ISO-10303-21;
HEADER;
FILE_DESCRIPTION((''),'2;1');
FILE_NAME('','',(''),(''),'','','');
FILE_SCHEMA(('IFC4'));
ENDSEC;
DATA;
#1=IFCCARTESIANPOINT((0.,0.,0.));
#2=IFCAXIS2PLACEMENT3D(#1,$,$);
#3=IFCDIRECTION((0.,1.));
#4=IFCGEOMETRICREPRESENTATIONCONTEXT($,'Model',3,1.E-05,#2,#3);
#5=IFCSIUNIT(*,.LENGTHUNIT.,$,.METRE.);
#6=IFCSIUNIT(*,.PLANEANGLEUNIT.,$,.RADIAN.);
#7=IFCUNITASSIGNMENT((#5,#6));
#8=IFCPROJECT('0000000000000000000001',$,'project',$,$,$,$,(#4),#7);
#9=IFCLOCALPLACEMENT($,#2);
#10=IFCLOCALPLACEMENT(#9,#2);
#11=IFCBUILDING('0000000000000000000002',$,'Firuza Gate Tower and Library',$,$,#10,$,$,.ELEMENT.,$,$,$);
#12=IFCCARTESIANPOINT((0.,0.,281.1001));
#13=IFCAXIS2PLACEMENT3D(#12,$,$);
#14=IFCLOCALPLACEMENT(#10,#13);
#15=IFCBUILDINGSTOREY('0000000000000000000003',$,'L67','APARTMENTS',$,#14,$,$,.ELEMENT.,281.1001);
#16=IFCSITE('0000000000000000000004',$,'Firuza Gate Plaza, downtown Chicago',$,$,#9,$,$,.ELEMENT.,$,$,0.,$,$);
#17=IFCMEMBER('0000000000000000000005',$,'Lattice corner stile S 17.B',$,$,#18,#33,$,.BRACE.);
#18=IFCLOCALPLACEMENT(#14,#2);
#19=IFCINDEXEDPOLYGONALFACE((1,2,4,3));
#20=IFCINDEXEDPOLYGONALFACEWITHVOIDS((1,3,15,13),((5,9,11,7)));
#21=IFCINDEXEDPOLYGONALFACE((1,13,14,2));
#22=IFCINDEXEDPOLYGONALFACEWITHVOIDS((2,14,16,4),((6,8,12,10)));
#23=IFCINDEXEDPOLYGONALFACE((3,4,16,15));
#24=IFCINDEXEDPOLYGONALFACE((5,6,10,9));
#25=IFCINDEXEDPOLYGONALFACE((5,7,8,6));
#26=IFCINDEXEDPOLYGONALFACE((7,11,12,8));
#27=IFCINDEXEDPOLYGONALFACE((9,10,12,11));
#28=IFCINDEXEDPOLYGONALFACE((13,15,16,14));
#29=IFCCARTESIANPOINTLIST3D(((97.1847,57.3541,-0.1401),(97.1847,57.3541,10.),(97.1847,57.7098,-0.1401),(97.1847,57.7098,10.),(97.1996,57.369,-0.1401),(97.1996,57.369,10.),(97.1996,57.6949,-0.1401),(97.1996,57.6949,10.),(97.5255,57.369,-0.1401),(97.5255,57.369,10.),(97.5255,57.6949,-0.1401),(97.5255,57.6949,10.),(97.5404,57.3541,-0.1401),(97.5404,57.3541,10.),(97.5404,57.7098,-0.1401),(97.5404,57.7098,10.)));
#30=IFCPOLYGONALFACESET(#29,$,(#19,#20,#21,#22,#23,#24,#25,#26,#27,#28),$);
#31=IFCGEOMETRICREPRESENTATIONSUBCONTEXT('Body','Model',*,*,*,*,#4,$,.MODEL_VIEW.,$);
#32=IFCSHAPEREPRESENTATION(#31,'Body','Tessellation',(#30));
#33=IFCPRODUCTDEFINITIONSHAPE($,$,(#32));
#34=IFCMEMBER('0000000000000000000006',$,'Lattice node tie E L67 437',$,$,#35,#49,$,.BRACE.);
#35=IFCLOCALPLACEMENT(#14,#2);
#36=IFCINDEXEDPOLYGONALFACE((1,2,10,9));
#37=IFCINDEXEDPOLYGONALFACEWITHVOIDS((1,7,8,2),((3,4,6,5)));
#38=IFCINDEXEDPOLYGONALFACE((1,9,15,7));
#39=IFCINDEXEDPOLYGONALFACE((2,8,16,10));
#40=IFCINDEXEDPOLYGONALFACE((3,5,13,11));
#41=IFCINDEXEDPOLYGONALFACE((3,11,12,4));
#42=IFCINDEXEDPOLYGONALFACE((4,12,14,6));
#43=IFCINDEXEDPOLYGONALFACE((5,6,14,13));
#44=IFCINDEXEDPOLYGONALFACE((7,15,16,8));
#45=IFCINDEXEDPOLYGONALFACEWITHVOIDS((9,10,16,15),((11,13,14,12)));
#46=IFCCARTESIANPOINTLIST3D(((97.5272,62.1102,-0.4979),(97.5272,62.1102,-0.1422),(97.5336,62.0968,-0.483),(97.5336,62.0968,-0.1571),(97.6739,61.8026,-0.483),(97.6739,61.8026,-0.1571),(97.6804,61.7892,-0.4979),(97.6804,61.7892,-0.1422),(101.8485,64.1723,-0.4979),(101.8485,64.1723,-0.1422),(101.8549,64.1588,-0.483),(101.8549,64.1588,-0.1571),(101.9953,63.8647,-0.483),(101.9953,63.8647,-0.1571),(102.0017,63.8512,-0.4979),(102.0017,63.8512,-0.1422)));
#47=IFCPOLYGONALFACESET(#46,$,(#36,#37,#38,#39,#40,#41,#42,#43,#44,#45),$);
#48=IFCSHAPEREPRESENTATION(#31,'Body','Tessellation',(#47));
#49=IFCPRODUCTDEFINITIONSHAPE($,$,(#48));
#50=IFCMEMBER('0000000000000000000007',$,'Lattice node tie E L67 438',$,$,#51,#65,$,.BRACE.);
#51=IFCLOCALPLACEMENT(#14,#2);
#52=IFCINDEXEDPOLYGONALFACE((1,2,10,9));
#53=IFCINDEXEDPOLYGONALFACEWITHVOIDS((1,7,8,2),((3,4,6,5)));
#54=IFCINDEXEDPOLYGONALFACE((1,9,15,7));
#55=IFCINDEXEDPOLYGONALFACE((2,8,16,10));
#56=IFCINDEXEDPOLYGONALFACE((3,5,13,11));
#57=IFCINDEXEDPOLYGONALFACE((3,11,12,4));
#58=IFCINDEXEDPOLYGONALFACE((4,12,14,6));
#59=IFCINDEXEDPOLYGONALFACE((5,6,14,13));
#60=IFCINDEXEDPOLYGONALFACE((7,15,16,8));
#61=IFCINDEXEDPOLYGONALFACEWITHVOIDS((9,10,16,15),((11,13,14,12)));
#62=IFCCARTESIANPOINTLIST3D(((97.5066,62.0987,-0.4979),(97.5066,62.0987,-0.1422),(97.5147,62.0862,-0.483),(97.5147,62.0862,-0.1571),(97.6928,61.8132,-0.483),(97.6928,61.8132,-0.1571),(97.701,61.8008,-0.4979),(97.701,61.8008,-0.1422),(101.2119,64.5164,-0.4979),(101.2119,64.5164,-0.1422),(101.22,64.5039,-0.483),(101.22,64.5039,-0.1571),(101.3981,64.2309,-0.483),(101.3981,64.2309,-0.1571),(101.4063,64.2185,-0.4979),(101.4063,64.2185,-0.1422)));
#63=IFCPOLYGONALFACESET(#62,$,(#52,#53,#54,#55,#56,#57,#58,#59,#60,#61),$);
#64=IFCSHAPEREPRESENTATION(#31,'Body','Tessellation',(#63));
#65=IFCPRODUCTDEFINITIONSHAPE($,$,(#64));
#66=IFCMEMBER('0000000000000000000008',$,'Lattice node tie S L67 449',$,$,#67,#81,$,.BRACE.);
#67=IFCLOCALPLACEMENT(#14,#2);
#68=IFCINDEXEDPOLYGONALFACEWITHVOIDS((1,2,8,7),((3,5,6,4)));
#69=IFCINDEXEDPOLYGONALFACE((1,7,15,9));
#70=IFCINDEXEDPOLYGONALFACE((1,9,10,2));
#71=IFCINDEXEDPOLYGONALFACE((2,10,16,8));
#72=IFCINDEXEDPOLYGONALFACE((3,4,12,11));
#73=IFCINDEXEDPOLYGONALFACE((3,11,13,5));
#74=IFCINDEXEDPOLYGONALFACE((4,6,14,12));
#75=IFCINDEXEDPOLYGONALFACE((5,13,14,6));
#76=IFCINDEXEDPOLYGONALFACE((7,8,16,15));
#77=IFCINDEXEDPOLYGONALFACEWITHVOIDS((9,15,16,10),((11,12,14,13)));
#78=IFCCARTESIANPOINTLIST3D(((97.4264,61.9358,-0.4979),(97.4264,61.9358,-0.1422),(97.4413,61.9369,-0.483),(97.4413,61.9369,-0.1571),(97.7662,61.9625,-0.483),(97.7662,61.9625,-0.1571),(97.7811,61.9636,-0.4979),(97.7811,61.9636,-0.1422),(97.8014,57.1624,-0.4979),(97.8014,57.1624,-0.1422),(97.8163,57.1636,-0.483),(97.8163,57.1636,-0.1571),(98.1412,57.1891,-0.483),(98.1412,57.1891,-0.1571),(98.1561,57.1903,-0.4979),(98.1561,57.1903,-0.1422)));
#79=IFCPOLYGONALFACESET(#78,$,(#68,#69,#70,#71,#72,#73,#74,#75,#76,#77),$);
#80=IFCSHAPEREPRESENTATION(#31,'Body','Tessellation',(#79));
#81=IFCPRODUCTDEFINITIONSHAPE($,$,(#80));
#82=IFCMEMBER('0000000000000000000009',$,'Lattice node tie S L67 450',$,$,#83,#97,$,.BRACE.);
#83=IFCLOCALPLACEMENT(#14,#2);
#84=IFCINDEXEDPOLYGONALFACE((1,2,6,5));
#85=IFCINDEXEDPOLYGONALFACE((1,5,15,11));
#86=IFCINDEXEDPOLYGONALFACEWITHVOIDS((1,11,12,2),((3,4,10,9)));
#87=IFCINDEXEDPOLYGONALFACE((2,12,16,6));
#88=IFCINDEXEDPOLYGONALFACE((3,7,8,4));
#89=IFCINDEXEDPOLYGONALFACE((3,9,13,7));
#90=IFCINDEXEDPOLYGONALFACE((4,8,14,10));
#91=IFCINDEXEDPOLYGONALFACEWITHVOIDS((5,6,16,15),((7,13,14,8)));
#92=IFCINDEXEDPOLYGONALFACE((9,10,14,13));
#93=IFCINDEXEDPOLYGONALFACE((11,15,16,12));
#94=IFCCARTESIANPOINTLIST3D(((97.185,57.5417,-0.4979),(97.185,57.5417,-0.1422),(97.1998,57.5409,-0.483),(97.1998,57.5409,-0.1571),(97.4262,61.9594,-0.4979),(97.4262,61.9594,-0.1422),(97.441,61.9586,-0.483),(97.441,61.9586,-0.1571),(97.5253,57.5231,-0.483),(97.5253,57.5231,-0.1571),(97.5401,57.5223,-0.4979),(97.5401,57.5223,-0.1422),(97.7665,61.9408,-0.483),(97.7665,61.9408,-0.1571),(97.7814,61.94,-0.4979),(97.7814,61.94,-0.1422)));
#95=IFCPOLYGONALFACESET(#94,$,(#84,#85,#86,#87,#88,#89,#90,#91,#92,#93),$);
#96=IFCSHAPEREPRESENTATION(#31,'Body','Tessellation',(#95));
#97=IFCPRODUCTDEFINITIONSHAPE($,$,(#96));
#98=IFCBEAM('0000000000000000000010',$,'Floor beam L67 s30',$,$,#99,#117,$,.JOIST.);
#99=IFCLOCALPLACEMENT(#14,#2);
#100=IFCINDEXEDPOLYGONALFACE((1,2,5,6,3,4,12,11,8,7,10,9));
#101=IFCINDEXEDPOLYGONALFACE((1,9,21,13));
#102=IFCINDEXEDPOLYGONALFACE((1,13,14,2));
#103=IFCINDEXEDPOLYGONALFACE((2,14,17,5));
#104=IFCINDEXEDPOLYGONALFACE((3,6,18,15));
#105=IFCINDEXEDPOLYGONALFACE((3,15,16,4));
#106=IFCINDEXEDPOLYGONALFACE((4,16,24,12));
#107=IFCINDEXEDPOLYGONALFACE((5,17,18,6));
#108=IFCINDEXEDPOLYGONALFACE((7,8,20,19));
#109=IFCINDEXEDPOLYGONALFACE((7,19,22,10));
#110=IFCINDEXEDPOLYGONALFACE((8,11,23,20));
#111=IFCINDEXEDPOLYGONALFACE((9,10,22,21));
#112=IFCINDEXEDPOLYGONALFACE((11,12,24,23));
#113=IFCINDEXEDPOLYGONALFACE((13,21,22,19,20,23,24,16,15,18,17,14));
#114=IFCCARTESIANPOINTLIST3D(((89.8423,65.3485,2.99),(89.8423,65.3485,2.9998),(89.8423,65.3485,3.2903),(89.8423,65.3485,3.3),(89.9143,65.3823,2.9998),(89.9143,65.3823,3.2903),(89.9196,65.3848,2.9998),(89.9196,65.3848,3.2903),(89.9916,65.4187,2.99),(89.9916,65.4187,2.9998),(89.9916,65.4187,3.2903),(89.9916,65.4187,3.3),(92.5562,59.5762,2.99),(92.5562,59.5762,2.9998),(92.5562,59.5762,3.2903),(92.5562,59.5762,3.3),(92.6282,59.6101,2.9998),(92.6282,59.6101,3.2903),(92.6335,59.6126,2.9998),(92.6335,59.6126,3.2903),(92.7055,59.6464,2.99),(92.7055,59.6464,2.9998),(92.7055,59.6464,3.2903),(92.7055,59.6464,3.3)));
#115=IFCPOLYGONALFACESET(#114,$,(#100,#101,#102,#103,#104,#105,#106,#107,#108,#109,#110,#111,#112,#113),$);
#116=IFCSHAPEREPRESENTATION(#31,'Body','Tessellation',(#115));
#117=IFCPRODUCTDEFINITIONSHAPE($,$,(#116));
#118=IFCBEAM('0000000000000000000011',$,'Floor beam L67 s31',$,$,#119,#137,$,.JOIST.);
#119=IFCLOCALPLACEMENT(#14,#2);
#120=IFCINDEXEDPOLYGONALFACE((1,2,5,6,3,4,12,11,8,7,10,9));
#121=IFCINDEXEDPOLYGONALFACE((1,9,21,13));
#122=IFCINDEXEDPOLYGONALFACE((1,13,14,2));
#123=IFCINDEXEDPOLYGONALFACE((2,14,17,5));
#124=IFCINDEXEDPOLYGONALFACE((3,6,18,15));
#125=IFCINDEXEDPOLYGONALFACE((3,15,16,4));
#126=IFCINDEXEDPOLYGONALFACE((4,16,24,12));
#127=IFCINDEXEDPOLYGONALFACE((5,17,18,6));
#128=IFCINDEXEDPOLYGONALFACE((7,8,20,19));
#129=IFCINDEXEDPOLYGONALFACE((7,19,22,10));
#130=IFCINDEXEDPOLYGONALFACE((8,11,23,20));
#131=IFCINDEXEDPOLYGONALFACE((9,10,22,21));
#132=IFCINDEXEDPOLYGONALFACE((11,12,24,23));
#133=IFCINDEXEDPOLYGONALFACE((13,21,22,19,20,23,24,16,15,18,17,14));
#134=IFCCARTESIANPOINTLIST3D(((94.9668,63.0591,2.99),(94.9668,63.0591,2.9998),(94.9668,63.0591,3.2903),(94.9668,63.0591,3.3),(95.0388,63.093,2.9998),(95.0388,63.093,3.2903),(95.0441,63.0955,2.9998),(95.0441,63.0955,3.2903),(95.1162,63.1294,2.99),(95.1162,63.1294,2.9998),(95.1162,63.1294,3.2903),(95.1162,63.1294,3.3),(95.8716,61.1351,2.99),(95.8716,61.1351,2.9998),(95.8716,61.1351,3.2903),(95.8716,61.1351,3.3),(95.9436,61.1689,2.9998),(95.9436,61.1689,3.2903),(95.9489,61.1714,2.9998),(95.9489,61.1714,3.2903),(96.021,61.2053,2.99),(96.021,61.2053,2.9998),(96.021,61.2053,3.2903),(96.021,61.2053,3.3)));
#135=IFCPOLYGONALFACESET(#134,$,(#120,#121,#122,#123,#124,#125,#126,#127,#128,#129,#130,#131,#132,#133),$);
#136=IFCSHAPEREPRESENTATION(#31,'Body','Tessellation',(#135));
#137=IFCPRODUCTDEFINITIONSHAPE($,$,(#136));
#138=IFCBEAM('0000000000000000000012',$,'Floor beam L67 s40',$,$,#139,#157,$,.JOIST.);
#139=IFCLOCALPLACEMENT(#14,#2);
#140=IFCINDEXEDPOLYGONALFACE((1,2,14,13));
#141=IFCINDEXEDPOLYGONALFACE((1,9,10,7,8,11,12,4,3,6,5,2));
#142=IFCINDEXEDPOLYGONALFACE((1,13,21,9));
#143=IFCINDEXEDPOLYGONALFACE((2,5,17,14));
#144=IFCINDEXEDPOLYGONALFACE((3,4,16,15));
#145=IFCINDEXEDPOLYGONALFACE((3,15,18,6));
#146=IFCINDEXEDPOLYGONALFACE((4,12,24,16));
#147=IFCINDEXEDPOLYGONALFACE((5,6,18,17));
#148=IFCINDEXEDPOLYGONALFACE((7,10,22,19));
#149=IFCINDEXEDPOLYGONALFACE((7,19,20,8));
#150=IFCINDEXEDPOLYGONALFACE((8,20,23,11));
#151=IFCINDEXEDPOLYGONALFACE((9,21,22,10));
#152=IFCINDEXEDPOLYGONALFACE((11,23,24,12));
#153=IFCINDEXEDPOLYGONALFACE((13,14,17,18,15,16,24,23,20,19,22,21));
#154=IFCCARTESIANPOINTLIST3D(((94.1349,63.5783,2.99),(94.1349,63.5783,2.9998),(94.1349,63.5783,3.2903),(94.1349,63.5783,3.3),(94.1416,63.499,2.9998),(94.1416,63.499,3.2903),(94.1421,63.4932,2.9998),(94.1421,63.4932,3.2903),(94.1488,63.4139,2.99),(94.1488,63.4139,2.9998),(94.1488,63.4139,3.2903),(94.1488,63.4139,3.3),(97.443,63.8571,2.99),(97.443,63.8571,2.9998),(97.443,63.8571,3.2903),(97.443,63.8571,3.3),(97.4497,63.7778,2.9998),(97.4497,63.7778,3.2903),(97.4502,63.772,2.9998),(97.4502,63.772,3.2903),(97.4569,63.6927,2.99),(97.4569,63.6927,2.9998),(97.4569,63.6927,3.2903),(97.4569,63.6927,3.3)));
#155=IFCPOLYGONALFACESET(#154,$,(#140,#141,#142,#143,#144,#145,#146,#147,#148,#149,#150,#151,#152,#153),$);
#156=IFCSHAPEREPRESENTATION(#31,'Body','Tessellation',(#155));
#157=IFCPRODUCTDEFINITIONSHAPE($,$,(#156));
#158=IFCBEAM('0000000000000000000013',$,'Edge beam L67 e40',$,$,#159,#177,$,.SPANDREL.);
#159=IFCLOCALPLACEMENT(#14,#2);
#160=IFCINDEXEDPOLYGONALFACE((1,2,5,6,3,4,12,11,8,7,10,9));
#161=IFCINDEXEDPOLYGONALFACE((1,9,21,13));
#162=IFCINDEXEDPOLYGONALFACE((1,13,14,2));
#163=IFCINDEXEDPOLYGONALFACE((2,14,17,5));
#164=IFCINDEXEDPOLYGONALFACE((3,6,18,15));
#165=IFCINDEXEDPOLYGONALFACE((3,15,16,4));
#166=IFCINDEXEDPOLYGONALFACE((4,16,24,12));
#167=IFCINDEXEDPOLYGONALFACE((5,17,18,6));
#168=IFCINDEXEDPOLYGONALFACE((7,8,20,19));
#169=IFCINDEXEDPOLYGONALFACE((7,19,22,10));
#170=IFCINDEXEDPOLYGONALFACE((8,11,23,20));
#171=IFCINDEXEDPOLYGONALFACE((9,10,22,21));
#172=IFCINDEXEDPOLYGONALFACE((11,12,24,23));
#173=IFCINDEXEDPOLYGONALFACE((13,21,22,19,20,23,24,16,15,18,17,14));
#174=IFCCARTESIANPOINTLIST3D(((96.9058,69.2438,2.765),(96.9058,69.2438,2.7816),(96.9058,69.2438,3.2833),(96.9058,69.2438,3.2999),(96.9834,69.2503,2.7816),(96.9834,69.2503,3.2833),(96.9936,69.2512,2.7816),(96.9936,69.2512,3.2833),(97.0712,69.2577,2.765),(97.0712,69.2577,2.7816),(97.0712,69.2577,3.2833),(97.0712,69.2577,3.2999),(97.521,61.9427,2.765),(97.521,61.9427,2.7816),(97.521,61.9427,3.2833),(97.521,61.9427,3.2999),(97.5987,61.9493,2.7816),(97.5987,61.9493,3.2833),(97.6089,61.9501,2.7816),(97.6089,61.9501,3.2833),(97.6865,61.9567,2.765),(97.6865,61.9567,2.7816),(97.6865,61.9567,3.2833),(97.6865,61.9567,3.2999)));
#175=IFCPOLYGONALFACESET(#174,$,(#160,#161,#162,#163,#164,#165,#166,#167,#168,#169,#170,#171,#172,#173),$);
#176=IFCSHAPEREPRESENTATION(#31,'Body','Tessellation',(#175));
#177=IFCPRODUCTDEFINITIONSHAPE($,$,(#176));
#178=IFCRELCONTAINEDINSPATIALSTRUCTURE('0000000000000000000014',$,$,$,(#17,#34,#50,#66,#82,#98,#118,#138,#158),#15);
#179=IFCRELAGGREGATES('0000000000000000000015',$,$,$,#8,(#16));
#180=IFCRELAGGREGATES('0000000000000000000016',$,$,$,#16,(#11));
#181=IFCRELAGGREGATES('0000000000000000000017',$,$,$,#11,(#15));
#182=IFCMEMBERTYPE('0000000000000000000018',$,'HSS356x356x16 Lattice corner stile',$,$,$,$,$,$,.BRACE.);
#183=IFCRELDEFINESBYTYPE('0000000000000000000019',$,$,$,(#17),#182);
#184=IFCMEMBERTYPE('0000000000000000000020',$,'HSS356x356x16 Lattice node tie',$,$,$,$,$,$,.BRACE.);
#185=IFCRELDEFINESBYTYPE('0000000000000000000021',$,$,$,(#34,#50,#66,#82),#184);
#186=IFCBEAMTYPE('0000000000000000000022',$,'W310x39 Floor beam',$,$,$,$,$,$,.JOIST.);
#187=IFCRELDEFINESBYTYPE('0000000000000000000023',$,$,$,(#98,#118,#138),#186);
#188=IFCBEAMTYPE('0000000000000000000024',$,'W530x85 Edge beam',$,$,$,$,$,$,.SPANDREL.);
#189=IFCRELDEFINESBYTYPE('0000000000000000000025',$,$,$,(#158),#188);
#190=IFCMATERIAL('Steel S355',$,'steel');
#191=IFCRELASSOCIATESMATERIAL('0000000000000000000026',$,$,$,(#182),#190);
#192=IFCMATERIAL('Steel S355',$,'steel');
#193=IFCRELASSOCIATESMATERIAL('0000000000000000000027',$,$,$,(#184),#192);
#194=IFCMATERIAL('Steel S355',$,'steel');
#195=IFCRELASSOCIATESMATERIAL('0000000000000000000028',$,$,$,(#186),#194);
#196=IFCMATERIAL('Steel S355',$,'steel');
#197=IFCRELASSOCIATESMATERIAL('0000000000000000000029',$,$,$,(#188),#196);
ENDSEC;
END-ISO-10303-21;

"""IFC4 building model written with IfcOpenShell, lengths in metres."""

from ifc_helpers import new_model, si_unit, direction, frame, origin, origin_2d, place, context, subcontext, project, spatial, hollow_rectangle, i_section, extrude, material, material_profile, profile_set, type_object, element, save


model = new_model("IFC4")

# Units and contexts
model_context = context("Model", 3, precision=1e-05, world=origin(), true_north=direction((0.0, 1.0)))
body_context = subcontext(model_context, "Body", "Model", "MODEL_VIEW")
ifc_project = project(units=[si_unit("LENGTHUNIT", "METRE"), si_unit("PLANEANGLEUNIT", "RADIAN")], contexts=[model_context])

# Site, building, storey
site_placement = place(None, origin())
site = spatial("IfcSite", under=ifc_project, at=site_placement, Name="Firuza Gate Plaza, downtown Chicago", CompositionType="ELEMENT", RefElevation=0.0)
building_placement = place(site_placement, origin())
building = spatial("IfcBuilding", under=site, at=building_placement, Name="Firuza Gate Tower and Library", CompositionType="ELEMENT")
storey_placement = place(building_placement, frame((0.0, 0.0, 281.1001)))
storey = spatial("IfcBuildingStorey", under=building, at=storey_placement, Name="L67", Description="APARTMENTS", CompositionType="ELEMENT", Elevation=281.1001)

# Members
ifc_material_1 = material(Name="Steel S355", Category="steel")
ifc_material_profile_1 = material_profile(ifc_material_1, hollow_rectangle(XDim=0.3557, YDim=0.3557, WallThickness=0.0149, at=origin_2d()))
ifc_profile_set_1 = profile_set([ifc_material_profile_1], Name="Steel S355")
member_type_1 = type_object("IfcMemberType", Name="HSS356x356x16 Lattice corner stile", PredefinedType="BRACE", material=ifc_profile_set_1)
member_1_placement = place(storey_placement, frame((97.3625, 57.532, -0.1401), z_axis=(0.0, 0.0, 1.0), x_axis=(1.0, 0.0, 0.0)))
element("IfcMember", 1, at=member_1_placement, inside=storey, type_object=member_type_1, Name="Lattice corner stile S 17.B", PredefinedType="BRACE", context=body_context, shape_type="SweptSolid", body=[
    extrude(hollow_rectangle(XDim=0.3557, YDim=0.3557, WallThickness=0.0149, at=origin_2d()), origin(), (0.0, 0.0, 1.0), 10.1401),
])
ifc_material_2 = material(Name="Steel S355", Category="steel")
ifc_material_profile_2 = material_profile(ifc_material_2, hollow_rectangle(XDim=0.3557, YDim=0.3557, WallThickness=0.0149, at=origin_2d()))
ifc_profile_set_2 = profile_set([ifc_material_profile_2], Name="Steel S355")
member_type_2 = type_object("IfcMemberType", Name="HSS356x356x16 Lattice node tie", PredefinedType="BRACE", material=ifc_profile_set_2)
member_2_placement = place(storey_placement, frame((97.6038, 61.9497, -0.3201), z_axis=(0.902515, 0.430658, 0.0), x_axis=(-0.430658, 0.902515, 0.0)))
element("IfcMember", 2, at=member_2_placement, inside=storey, type_object=member_type_2, Name="Lattice node tie E L67 437", PredefinedType="BRACE", context=body_context, shape_type="SweptSolid", body=[
    extrude(hollow_rectangle(XDim=0.3557, YDim=0.3557, WallThickness=0.0149, at=origin_2d()), origin(), (0.0, 0.0, 1.0), 4.7881),
])
member_3_placement = place(storey_placement, frame((97.6038, 61.9497, -0.3201), z_axis=(0.837485, 0.54646, 0.0), x_axis=(-0.54646, 0.837485, 0.0)))
element("IfcMember", 3, at=member_3_placement, inside=storey, type_object=member_type_2, Name="Lattice node tie E L67 438", PredefinedType="BRACE", context=body_context, shape_type="SweptSolid", body=[
    extrude(hollow_rectangle(XDim=0.3557, YDim=0.3557, WallThickness=0.0149, at=origin_2d()), origin(), (0.0, 0.0, 1.0), 4.4243),
])
member_4_placement = place(storey_placement, frame((97.6038, 61.9497, -0.3201), z_axis=(0.078318, -0.996928, 0.0), x_axis=(0.996928, 0.078318, 0.0)))
element("IfcMember", 4, at=member_4_placement, inside=storey, type_object=member_type_2, Name="Lattice node tie S L67 449", PredefinedType="BRACE", context=body_context, shape_type="SweptSolid", body=[
    extrude(hollow_rectangle(XDim=0.3557, YDim=0.3557, WallThickness=0.0149, at=origin_2d()), origin(), (0.0, 0.0, 1.0), 4.7881),
])
member_5_placement = place(storey_placement, frame((97.6038, 61.9497, -0.3201), z_axis=(-0.05452, -0.998513, 0.0), x_axis=(0.998513, -0.05452, 0.0)))
element("IfcMember", 5, at=member_5_placement, inside=storey, type_object=member_type_2, Name="Lattice node tie S L67 450", PredefinedType="BRACE", context=body_context, shape_type="SweptSolid", body=[
    extrude(hollow_rectangle(XDim=0.3557, YDim=0.3557, WallThickness=0.0149, at=origin_2d()), origin(), (0.0, 0.0, 1.0), 4.4243),
])

# Beams
ifc_material_3 = material(Name="Steel S355", Category="steel")
ifc_material_profile_3 = material_profile(ifc_material_3, i_section(OverallWidth=0.165, OverallDepth=0.3101, WebThickness=0.0059, FlangeThickness=0.0098, at=origin_2d()))
ifc_profile_set_3 = profile_set([ifc_material_profile_3], Name="Steel S355")
beam_type_1 = type_object("IfcBeamType", Name="W310x39 Floor beam", PredefinedType="JOIST", material=ifc_profile_set_3)
beam_1_placement = place(storey_placement, frame((92.6309, 59.6113, 3.145), z_axis=(-0.42548, 0.904968, 0.0), x_axis=(-0.904968, -0.42548, 0.0)))
element("IfcBeam", 6, at=beam_1_placement, inside=storey, type_object=beam_type_1, Name="Floor beam L67 s30", PredefinedType="JOIST", context=body_context, shape_type="SweptSolid", body=[
    extrude(i_section(OverallWidth=0.165, OverallDepth=0.3101, WebThickness=0.0059, FlangeThickness=0.0098, at=origin_2d()), origin(), (0.0, 0.0, 1.0), 6.3784),
])
beam_2_placement = place(storey_placement, frame((95.9463, 61.1702, 3.145), z_axis=(-0.425543, 0.904938, 0.0), x_axis=(-0.904938, -0.425543, 0.0)))
element("IfcBeam", 7, at=beam_2_placement, inside=storey, type_object=beam_type_1, Name="Floor beam L67 s31", PredefinedType="JOIST", context=body_context, shape_type="SweptSolid", body=[
    extrude(i_section(OverallWidth=0.165, OverallDepth=0.3101, WebThickness=0.0059, FlangeThickness=0.0098, at=origin_2d()), origin(), (0.0, 0.0, 1.0), 2.1262),
])
beam_3_placement = place(storey_placement, frame((97.45, 63.7749, 3.145), z_axis=(-0.996467, -0.083983, 0.0), x_axis=(0.083983, -0.996467, 0.0)))
element("IfcBeam", 8, at=beam_3_placement, inside=storey, type_object=beam_type_1, Name="Floor beam L67 s40", PredefinedType="JOIST", context=body_context, shape_type="SweptSolid", body=[
    extrude(i_section(OverallWidth=0.165, OverallDepth=0.3101, WebThickness=0.0059, FlangeThickness=0.0098, at=origin_2d()), origin(), (0.0, 0.0, 1.0), 3.3198),
])
ifc_material_4 = material(Name="Steel S355", Category="steel")
ifc_material_profile_4 = material_profile(ifc_material_4, i_section(OverallWidth=0.166, OverallDepth=0.5349, WebThickness=0.0103, FlangeThickness=0.0166, at=origin_2d()))
ifc_profile_set_4 = profile_set([ifc_material_profile_4], Name="Steel S355")
beam_type_2 = type_object("IfcBeamType", Name="W530x85 Edge beam", PredefinedType="SPANDREL", material=ifc_profile_set_4)
beam_4_placement = place(storey_placement, frame((97.6038, 61.9497, 3.0325), z_axis=(-0.083969, 0.996468, 0.0), x_axis=(-0.996468, -0.083969, 0.0)))
element("IfcBeam", 9, at=beam_4_placement, inside=storey, type_object=beam_type_2, Name="Edge beam L67 e40", PredefinedType="SPANDREL", context=body_context, shape_type="SweptSolid", body=[
    extrude(i_section(OverallWidth=0.166, OverallDepth=0.5349, WebThickness=0.0103, FlangeThickness=0.0166, at=origin_2d()), origin(), (0.0, 0.0, 1.0), 7.3269),
])

save(model, "model.ifc")
